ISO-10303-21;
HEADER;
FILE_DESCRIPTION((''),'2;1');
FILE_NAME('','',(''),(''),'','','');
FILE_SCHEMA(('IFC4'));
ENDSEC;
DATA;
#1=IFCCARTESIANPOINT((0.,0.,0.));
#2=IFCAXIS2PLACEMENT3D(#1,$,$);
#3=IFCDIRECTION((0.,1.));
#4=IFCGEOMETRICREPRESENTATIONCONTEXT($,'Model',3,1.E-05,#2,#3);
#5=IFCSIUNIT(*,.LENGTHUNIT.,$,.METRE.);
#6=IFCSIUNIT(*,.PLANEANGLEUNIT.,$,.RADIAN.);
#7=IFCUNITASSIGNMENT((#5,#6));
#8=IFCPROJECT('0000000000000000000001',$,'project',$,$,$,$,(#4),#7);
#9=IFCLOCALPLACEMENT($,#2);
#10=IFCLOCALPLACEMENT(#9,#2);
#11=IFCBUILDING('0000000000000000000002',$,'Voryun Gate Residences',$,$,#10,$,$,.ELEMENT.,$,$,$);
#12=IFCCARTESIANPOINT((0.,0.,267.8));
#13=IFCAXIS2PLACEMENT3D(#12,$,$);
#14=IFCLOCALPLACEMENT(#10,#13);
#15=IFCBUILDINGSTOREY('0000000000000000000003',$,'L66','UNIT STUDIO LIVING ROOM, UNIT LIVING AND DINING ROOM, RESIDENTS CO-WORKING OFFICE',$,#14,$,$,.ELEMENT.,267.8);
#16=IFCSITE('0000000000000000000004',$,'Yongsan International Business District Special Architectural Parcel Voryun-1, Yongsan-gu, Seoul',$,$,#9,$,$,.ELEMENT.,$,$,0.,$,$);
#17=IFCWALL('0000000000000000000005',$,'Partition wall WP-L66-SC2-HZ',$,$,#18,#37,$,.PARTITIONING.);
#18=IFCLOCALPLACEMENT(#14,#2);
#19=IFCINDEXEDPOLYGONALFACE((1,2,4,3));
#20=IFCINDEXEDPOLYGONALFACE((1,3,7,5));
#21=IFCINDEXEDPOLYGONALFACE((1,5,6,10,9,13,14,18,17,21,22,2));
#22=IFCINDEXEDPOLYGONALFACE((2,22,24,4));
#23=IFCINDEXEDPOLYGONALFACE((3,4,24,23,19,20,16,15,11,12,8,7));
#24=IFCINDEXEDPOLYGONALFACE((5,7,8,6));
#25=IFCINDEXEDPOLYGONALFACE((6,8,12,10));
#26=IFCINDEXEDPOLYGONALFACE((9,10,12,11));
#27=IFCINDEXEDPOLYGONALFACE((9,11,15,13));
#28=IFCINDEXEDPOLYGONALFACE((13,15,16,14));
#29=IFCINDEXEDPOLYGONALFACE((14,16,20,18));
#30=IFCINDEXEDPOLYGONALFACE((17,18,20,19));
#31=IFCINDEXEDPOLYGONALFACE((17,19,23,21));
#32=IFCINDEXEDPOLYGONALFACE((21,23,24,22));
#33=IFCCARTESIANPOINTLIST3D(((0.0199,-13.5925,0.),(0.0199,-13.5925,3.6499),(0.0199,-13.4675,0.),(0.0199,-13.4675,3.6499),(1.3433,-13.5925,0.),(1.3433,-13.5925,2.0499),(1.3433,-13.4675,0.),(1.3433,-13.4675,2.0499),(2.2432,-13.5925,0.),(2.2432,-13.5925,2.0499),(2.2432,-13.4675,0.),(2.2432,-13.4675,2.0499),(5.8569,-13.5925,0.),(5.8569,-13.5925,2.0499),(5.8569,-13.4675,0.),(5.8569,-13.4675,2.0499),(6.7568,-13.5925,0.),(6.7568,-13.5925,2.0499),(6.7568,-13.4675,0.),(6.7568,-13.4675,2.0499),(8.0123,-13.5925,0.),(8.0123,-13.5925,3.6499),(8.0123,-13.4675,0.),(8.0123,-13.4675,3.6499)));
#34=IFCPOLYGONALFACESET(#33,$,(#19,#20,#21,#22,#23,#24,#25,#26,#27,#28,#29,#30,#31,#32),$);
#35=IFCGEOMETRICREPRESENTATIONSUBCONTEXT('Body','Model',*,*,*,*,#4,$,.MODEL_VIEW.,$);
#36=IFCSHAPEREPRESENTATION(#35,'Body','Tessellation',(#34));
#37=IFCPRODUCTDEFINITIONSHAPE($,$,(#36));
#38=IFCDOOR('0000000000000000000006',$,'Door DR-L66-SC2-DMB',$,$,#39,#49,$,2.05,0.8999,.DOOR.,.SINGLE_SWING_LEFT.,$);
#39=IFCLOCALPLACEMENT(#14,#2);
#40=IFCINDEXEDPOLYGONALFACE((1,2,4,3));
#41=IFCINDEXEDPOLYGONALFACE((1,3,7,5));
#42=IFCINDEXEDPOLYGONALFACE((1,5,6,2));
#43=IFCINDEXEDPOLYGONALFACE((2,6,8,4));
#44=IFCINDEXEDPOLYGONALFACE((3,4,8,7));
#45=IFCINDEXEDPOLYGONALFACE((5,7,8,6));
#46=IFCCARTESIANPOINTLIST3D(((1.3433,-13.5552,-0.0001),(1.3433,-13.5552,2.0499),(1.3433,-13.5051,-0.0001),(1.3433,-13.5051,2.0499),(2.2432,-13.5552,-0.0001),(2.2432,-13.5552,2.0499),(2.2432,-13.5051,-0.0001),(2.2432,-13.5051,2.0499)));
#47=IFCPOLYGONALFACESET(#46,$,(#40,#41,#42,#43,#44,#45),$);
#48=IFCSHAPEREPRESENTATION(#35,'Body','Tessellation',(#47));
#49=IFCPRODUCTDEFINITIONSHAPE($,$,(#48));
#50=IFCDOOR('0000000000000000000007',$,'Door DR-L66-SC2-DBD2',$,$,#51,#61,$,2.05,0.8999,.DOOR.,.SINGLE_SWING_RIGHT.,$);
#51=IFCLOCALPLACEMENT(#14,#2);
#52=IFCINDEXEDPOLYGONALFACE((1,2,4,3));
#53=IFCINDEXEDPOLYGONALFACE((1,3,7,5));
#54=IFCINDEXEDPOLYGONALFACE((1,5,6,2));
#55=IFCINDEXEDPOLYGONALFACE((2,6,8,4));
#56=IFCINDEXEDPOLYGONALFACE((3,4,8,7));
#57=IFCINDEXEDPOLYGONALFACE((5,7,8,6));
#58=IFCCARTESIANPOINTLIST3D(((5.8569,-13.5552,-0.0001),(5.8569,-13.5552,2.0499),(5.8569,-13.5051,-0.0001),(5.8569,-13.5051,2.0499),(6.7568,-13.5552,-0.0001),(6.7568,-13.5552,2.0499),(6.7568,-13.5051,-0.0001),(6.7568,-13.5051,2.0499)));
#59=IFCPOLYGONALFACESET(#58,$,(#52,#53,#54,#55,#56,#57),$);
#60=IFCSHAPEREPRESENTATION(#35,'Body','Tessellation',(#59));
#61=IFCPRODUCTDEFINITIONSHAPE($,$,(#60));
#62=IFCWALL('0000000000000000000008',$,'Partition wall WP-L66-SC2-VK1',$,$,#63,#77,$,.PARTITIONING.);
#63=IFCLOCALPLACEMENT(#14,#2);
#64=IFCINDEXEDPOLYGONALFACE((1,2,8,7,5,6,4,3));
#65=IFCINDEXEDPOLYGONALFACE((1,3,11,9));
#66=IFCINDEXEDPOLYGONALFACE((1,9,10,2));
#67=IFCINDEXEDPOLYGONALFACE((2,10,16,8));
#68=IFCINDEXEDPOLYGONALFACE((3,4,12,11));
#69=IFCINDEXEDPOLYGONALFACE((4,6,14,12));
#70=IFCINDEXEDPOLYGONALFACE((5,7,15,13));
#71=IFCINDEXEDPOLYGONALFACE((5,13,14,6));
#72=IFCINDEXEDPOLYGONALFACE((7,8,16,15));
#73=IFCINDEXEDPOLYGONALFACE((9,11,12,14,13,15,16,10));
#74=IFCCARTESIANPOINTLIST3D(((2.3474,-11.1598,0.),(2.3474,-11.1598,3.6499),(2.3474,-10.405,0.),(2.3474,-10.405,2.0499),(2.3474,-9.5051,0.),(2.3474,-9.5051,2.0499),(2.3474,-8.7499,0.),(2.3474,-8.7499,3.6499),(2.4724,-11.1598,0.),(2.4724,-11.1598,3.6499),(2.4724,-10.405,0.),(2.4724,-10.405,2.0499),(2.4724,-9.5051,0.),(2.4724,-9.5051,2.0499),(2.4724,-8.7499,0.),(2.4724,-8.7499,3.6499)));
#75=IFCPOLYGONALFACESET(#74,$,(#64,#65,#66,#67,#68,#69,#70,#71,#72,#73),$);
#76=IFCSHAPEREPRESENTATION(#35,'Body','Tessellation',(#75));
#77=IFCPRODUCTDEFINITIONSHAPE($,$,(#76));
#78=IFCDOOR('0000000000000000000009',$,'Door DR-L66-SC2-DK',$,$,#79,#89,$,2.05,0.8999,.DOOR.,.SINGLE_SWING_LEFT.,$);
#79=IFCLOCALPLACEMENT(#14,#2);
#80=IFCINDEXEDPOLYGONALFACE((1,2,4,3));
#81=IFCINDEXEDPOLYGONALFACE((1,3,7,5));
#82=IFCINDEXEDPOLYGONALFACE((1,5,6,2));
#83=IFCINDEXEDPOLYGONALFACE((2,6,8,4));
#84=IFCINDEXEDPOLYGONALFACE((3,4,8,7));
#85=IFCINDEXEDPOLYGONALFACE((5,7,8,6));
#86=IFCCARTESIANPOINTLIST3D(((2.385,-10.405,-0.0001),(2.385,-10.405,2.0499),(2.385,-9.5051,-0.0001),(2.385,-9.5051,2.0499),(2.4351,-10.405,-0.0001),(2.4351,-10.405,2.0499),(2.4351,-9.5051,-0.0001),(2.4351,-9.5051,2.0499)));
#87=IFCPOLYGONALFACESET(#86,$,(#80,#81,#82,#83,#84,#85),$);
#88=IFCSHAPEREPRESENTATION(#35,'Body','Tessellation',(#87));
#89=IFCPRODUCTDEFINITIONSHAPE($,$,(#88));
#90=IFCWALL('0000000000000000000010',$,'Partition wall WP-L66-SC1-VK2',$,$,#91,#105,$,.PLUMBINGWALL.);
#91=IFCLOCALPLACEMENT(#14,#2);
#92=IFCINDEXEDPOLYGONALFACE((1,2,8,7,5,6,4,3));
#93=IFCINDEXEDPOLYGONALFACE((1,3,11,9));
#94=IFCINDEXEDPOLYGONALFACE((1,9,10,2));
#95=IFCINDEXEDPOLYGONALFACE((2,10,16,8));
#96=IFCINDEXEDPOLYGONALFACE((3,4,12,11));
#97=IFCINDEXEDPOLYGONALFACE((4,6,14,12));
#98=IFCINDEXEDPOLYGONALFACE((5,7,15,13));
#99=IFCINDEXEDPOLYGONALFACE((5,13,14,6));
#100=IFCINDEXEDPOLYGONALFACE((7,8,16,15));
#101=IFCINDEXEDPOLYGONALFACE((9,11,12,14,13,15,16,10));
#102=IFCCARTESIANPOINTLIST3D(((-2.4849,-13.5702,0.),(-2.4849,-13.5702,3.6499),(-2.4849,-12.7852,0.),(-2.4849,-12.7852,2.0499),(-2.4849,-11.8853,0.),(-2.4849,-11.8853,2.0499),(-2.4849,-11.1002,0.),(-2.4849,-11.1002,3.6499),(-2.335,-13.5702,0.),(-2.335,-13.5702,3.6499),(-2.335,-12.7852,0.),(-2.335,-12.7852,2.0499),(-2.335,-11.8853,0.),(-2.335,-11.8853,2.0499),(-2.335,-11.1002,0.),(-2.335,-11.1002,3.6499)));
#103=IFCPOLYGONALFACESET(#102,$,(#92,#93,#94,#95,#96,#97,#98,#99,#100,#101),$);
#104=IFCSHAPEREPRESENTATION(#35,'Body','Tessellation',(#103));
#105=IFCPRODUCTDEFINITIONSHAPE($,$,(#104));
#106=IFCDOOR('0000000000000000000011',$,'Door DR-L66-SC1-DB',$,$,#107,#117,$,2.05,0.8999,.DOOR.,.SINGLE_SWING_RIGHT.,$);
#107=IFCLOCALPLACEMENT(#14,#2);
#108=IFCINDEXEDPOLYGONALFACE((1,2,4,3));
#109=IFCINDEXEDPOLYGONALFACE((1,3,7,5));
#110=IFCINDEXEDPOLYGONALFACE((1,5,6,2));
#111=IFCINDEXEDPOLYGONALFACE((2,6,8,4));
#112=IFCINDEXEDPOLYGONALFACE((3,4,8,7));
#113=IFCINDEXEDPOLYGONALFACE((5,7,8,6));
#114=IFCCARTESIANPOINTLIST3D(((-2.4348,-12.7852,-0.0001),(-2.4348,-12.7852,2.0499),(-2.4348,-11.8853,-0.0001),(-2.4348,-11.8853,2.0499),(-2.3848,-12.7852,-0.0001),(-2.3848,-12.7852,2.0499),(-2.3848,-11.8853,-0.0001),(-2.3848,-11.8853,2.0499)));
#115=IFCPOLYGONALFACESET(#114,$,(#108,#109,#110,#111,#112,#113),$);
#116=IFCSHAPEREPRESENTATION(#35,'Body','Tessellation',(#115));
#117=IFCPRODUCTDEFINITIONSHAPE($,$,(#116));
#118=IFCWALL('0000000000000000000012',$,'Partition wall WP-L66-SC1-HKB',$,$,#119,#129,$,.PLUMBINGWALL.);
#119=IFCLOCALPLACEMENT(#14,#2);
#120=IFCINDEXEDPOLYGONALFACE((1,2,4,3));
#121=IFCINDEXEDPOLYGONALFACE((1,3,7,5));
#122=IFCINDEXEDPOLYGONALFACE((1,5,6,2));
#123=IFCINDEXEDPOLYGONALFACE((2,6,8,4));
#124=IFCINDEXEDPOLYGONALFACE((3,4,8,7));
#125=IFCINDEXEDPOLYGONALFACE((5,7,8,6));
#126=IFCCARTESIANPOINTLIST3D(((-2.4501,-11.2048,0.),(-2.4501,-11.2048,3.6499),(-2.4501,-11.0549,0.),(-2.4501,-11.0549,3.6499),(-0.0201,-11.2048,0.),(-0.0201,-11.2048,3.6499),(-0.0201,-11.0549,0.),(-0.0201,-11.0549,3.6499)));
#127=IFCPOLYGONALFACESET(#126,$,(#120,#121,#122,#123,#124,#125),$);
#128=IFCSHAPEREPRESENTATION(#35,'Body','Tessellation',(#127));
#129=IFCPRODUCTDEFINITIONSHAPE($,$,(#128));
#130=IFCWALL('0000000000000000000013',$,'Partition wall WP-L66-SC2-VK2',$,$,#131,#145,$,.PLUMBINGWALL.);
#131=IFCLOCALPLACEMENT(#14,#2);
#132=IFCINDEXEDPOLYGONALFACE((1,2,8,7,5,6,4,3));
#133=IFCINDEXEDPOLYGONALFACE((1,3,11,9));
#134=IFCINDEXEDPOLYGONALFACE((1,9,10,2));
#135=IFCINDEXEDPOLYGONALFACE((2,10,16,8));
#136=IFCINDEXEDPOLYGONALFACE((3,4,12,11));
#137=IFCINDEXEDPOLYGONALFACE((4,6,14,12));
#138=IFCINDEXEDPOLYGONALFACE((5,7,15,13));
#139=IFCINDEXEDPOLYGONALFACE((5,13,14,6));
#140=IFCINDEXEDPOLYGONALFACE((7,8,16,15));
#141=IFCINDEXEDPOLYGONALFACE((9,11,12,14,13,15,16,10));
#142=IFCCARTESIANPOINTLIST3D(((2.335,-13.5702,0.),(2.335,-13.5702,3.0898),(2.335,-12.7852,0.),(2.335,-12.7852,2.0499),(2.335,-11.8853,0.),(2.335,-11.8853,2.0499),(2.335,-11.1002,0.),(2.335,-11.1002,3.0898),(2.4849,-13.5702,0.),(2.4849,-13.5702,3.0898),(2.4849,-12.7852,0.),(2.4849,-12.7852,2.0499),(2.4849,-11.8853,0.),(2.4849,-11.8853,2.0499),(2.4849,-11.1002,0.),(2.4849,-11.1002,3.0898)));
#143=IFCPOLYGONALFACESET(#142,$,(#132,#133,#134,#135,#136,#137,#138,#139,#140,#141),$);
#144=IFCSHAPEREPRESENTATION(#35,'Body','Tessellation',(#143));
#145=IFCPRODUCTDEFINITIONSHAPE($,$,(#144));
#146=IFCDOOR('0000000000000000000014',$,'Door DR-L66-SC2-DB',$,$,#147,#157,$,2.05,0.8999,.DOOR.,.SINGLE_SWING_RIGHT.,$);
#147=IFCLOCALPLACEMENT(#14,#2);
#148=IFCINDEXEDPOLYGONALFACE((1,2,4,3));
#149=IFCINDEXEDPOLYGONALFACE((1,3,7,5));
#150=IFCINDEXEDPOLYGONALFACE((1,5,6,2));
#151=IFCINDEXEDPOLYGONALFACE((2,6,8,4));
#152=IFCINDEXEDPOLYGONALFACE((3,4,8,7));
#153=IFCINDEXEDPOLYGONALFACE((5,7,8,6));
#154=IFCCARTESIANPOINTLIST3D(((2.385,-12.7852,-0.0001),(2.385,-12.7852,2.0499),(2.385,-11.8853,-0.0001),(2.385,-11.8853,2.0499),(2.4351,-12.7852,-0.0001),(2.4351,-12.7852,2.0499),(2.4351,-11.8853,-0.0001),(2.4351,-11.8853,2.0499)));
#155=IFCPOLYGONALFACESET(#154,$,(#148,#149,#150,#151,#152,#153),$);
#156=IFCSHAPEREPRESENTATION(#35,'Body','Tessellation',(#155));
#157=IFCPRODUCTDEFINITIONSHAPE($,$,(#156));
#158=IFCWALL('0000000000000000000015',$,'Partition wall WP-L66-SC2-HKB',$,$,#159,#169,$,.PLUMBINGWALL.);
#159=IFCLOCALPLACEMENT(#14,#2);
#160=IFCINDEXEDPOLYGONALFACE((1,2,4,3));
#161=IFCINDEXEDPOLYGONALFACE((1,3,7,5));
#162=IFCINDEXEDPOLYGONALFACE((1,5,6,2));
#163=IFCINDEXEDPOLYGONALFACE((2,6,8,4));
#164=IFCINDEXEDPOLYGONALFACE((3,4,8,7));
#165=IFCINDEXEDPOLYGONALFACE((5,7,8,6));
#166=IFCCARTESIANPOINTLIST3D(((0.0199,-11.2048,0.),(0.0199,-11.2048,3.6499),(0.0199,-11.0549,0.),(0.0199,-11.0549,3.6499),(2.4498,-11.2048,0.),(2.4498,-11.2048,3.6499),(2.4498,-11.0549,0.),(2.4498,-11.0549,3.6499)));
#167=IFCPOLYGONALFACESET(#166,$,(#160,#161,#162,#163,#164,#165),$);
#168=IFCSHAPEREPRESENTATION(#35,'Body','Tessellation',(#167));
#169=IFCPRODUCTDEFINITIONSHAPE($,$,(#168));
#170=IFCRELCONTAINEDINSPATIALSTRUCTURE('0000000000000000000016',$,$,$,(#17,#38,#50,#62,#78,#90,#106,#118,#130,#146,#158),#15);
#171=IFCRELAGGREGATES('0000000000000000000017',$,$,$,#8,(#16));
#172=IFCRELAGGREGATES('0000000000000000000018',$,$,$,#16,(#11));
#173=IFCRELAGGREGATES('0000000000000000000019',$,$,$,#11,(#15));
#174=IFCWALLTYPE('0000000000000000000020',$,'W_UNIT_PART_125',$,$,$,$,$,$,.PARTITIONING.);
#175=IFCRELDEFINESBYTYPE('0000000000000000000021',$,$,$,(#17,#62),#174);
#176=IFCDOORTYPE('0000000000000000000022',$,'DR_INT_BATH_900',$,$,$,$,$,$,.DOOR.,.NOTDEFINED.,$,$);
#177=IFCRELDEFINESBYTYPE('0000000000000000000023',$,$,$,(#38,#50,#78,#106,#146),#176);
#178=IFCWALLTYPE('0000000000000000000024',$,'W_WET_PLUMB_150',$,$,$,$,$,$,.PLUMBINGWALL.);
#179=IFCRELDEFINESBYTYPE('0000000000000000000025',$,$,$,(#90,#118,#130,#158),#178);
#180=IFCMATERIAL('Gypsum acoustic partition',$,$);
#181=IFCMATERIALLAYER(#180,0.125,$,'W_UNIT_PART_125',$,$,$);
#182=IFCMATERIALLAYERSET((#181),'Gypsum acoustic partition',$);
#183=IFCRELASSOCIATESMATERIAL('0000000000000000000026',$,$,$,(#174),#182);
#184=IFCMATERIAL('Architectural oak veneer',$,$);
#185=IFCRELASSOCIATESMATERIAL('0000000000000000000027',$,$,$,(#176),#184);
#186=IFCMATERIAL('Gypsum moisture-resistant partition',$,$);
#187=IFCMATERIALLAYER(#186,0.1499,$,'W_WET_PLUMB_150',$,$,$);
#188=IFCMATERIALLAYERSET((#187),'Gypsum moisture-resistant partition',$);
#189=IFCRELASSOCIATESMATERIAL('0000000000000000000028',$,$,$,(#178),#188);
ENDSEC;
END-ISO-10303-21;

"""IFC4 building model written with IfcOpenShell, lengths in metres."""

from ifc_helpers import new_model, si_unit, direction, frame, frame_2d, origin, place, context, subcontext, project, spatial, rectangle, extrude, material, layer, layer_set, type_object, element, fill, save


model = new_model("IFC4")

# Units and contexts
model_context = context("Model", 3, precision=1e-05, world=origin(), true_north=direction((0.0, 1.0)))
body_context = subcontext(model_context, "Body", "Model", "MODEL_VIEW")
ifc_project = project(units=[si_unit("LENGTHUNIT", "METRE"), si_unit("PLANEANGLEUNIT", "RADIAN")], contexts=[model_context])

# Site, building, storey
site_placement = place(None, origin())
site = spatial("IfcSite", under=ifc_project, at=site_placement, Name="Yongsan International Business District Special Architectural Parcel Voryun-1, Yongsan-gu, Seoul", CompositionType="ELEMENT", RefElevation=0.0)
building_placement = place(site_placement, origin())
building = spatial("IfcBuilding", under=site, at=building_placement, Name="Voryun Gate Residences", CompositionType="ELEMENT")
storey_placement = place(building_placement, frame((0.0, 0.0, 267.8)))
storey = spatial("IfcBuildingStorey", under=building, at=storey_placement, Name="L66", Description="UNIT STUDIO LIVING ROOM, UNIT LIVING AND DINING ROOM, RESIDENTS CO-WORKING OFFICE", CompositionType="ELEMENT", Elevation=267.8)

# Shared definitions
ifc_material_1 = material(Name="Gypsum acoustic partition")
ifc_layer_1 = layer(ifc_material_1, 0.125, Name="W_UNIT_PART_125")
ifc_layer_set_1 = layer_set([ifc_layer_1], Name="Gypsum acoustic partition")
wall_type_1 = type_object("IfcWallType", Name="W_UNIT_PART_125", PredefinedType="PARTITIONING", material=ifc_layer_set_1)
ifc_material_2 = material(Name="Architectural oak veneer")
door_type_1 = type_object("IfcDoorType", Name="DR_INT_BATH_900", OperationType="NOTDEFINED", PredefinedType="DOOR", material=ifc_material_2)

# Wall, openings, doors
wall_1_placement = place(storey_placement, frame((0.02, -13.53, 0.0), z_axis=(0.0, 0.0, 1.0), x_axis=(1.0, 0.0, 0.0)))
wall_1 = element("IfcWall", 1, at=wall_1_placement, inside=storey, type_object=wall_type_1, Name="Partition wall WP-L66-SC2-HZ", PredefinedType="PARTITIONING", context=body_context, shape_type="SweptSolid", body=[
    extrude(rectangle(XDim=7.9924, YDim=0.125, at=frame_2d((3.9961, 0.0))), origin(), (0.0, 0.0, 1.0), 3.6499),
])
opening_1_placement = place(wall_1_placement, frame((1.3232, 0.0, 0.0)))
opening_1 = element("IfcOpeningElement", 2, at=opening_1_placement, cuts=wall_1, PredefinedType="OPENING", context=body_context, shape_type="SweptSolid", body=[
    extrude(rectangle(XDim=0.8999, YDim=2.05, at=frame_2d((0.45, 1.0249))), frame((0.0, 0.0725, 0.0), z_axis=(0.0, -1.0, 0.0), x_axis=(1.0, 0.0, 0.0)), (0.0, 0.0, 1.0), 0.145),
])
opening_2_placement = place(wall_1_placement, frame((5.8369, 0.0, 0.0)))
opening_2 = element("IfcOpeningElement", 3, at=opening_2_placement, cuts=wall_1, PredefinedType="OPENING", context=body_context, shape_type="SweptSolid", body=[
    extrude(rectangle(XDim=0.8999, YDim=2.05, at=frame_2d((0.45, 1.0249))), frame((0.0, 0.0725, 0.0), z_axis=(0.0, -1.0, 0.0), x_axis=(1.0, 0.0, 0.0)), (0.0, 0.0, 1.0), 0.145),
])
door_1_placement = place(opening_1_placement, origin())
door_1 = element("IfcDoor", 4, at=door_1_placement, inside=storey, type_object=door_type_1, Name="Door DR-L66-SC2-DMB", OperationType="SINGLE_SWING_LEFT", OverallHeight=2.05, OverallWidth=0.8999, PredefinedType="DOOR", context=body_context, shape_type="SweptSolid", body=[
    extrude(rectangle(XDim=0.8999, YDim=2.05, at=frame_2d((0.45, 1.0249))), frame((0.0, 0.0249, 0.0), z_axis=(0.0, -1.0, 0.0), x_axis=(1.0, 0.0, 0.0)), (0.0, 0.0, 1.0), 0.05),
])
fill(opening_1, door_1)
door_2_placement = place(opening_2_placement, origin())
door_2 = element("IfcDoor", 5, at=door_2_placement, inside=storey, type_object=door_type_1, Name="Door DR-L66-SC2-DBD2", OperationType="SINGLE_SWING_RIGHT", OverallHeight=2.05, OverallWidth=0.8999, PredefinedType="DOOR", context=body_context, shape_type="SweptSolid", body=[
    extrude(rectangle(XDim=0.8999, YDim=2.05, at=frame_2d((0.45, 1.0249))), frame((0.0, 0.0249, 0.0), z_axis=(0.0, -1.0, 0.0), x_axis=(1.0, 0.0, 0.0)), (0.0, 0.0, 1.0), 0.05),
])
fill(opening_2, door_2)

# Walls, openings, doors
wall_2_placement = place(storey_placement, frame((2.4099, -11.1599, 0.0), z_axis=(0.0, 0.0, 1.0), x_axis=(0.0, 1.0, 0.0)))
wall_2 = element("IfcWall", 6, at=wall_2_placement, inside=storey, type_object=wall_type_1, Name="Partition wall WP-L66-SC2-VK1", PredefinedType="PARTITIONING", context=body_context, shape_type="SweptSolid", body=[
    extrude(rectangle(XDim=2.4099, YDim=0.125, at=frame_2d((1.2051, 0.0))), origin(), (0.0, 0.0, 1.0), 3.6499),
])
opening_3_placement = place(wall_2_placement, frame((0.7549, 0.0, 0.0)))
opening_3 = element("IfcOpeningElement", 7, at=opening_3_placement, cuts=wall_2, PredefinedType="OPENING", context=body_context, shape_type="SweptSolid", body=[
    extrude(rectangle(XDim=0.8999, YDim=2.05, at=frame_2d((0.45, 1.0249))), frame((0.0, 0.0725, 0.0), z_axis=(0.0, -1.0, 0.0), x_axis=(1.0, 0.0, 0.0)), (0.0, 0.0, 1.0), 0.145),
])
door_3_placement = place(opening_3_placement, origin())
door_3 = element("IfcDoor", 8, at=door_3_placement, inside=storey, type_object=door_type_1, Name="Door DR-L66-SC2-DK", OperationType="SINGLE_SWING_LEFT", OverallHeight=2.05, OverallWidth=0.8999, PredefinedType="DOOR", context=body_context, shape_type="SweptSolid", body=[
    extrude(rectangle(XDim=0.8999, YDim=2.05, at=frame_2d((0.45, 1.0249))), frame((0.0, 0.0249, 0.0), z_axis=(0.0, -1.0, 0.0), x_axis=(1.0, 0.0, 0.0)), (0.0, 0.0, 1.0), 0.05),
])
fill(opening_3, door_3)
ifc_material_3 = material(Name="Gypsum moisture-resistant partition")
ifc_layer_2 = layer(ifc_material_3, 0.1499, Name="W_WET_PLUMB_150")
ifc_layer_set_2 = layer_set([ifc_layer_2], Name="Gypsum moisture-resistant partition")
wall_type_2 = type_object("IfcWallType", Name="W_WET_PLUMB_150", PredefinedType="PLUMBINGWALL", material=ifc_layer_set_2)
wall_3_placement = place(storey_placement, frame((-2.4099, -13.5701, 0.0), z_axis=(0.0, 0.0, 1.0), x_axis=(0.0, 1.0, 0.0)))
wall_3 = element("IfcWall", 9, at=wall_3_placement, inside=storey, type_object=wall_type_2, Name="Partition wall WP-L66-SC1-VK2", PredefinedType="PLUMBINGWALL", context=body_context, shape_type="SweptSolid", body=[
    extrude(rectangle(XDim=2.47, YDim=0.1499, at=frame_2d((1.2349, 0.0))), origin(), (0.0, 0.0, 1.0), 3.6499),
])
opening_4_placement = place(wall_3_placement, frame((0.7849, 0.0, 0.0)))
opening_4 = element("IfcOpeningElement", 10, at=opening_4_placement, cuts=wall_3, PredefinedType="OPENING", context=body_context, shape_type="SweptSolid", body=[
    extrude(rectangle(XDim=0.8999, YDim=2.05, at=frame_2d((0.45, 1.0249))), frame((0.0, 0.085, 0.0), z_axis=(0.0, -1.0, 0.0), x_axis=(1.0, 0.0, 0.0)), (0.0, 0.0, 1.0), 0.1699),
])
door_4_placement = place(opening_4_placement, origin())
door_4 = element("IfcDoor", 11, at=door_4_placement, inside=storey, type_object=door_type_1, Name="Door DR-L66-SC1-DB", OperationType="SINGLE_SWING_RIGHT", OverallHeight=2.05, OverallWidth=0.8999, PredefinedType="DOOR", context=body_context, shape_type="SweptSolid", body=[
    extrude(rectangle(XDim=0.8999, YDim=2.05, at=frame_2d((0.45, 1.0249))), frame((0.0, 0.0249, 0.0), z_axis=(0.0, -1.0, 0.0), x_axis=(1.0, 0.0, 0.0)), (0.0, 0.0, 1.0), 0.05),
])
fill(opening_4, door_4)

# Wall
wall_4_placement = place(storey_placement, frame((-2.45, -11.1299, 0.0), z_axis=(0.0, 0.0, 1.0), x_axis=(1.0, 0.0, 0.0)))
element("IfcWall", 12, at=wall_4_placement, inside=storey, type_object=wall_type_2, Name="Partition wall WP-L66-SC1-HKB", PredefinedType="PLUMBINGWALL", context=body_context, shape_type="SweptSolid", body=[
    extrude(rectangle(XDim=2.4299, YDim=0.1499, at=frame_2d((1.2148, 0.0))), origin(), (0.0, 0.0, 1.0), 3.6499),
])

# Wall, opening, door
wall_5_placement = place(storey_placement, frame((2.4099, -13.5701, 0.0), z_axis=(0.0, 0.0, 1.0), x_axis=(0.0, 1.0, 0.0)))
wall_5 = element("IfcWall", 13, at=wall_5_placement, inside=storey, type_object=wall_type_2, Name="Partition wall WP-L66-SC2-VK2", PredefinedType="PLUMBINGWALL", context=body_context, shape_type="SweptSolid", body=[
    extrude(rectangle(XDim=2.47, YDim=0.1499, at=frame_2d((1.2349, 0.0))), origin(), (0.0, 0.0, 1.0), 3.0898),
])
opening_5_placement = place(wall_5_placement, frame((0.7849, 0.0, 0.0)))
opening_5 = element("IfcOpeningElement", 14, at=opening_5_placement, cuts=wall_5, PredefinedType="OPENING", context=body_context, shape_type="SweptSolid", body=[
    extrude(rectangle(XDim=0.8999, YDim=2.05, at=frame_2d((0.45, 1.0249))), frame((0.0, 0.085, 0.0), z_axis=(0.0, -1.0, 0.0), x_axis=(1.0, 0.0, 0.0)), (0.0, 0.0, 1.0), 0.1699),
])
door_5_placement = place(opening_5_placement, origin())
door_5 = element("IfcDoor", 15, at=door_5_placement, inside=storey, type_object=door_type_1, Name="Door DR-L66-SC2-DB", OperationType="SINGLE_SWING_RIGHT", OverallHeight=2.05, OverallWidth=0.8999, PredefinedType="DOOR", context=body_context, shape_type="SweptSolid", body=[
    extrude(rectangle(XDim=0.8999, YDim=2.05, at=frame_2d((0.45, 1.0249))), frame((0.0, 0.0249, 0.0), z_axis=(0.0, -1.0, 0.0), x_axis=(1.0, 0.0, 0.0)), (0.0, 0.0, 1.0), 0.05),
])
fill(opening_5, door_5)

# Wall
wall_6_placement = place(storey_placement, frame((0.02, -11.1299, 0.0), z_axis=(0.0, 0.0, 1.0), x_axis=(1.0, 0.0, 0.0)))
element("IfcWall", 16, at=wall_6_placement, inside=storey, type_object=wall_type_2, Name="Partition wall WP-L66-SC2-HKB", PredefinedType="PLUMBINGWALL", context=body_context, shape_type="SweptSolid", body=[
    extrude(rectangle(XDim=2.4299, YDim=0.1499, at=frame_2d((1.2148, 0.0))), origin(), (0.0, 0.0, 1.0), 3.6499),
])

save(model, "model.ifc")
